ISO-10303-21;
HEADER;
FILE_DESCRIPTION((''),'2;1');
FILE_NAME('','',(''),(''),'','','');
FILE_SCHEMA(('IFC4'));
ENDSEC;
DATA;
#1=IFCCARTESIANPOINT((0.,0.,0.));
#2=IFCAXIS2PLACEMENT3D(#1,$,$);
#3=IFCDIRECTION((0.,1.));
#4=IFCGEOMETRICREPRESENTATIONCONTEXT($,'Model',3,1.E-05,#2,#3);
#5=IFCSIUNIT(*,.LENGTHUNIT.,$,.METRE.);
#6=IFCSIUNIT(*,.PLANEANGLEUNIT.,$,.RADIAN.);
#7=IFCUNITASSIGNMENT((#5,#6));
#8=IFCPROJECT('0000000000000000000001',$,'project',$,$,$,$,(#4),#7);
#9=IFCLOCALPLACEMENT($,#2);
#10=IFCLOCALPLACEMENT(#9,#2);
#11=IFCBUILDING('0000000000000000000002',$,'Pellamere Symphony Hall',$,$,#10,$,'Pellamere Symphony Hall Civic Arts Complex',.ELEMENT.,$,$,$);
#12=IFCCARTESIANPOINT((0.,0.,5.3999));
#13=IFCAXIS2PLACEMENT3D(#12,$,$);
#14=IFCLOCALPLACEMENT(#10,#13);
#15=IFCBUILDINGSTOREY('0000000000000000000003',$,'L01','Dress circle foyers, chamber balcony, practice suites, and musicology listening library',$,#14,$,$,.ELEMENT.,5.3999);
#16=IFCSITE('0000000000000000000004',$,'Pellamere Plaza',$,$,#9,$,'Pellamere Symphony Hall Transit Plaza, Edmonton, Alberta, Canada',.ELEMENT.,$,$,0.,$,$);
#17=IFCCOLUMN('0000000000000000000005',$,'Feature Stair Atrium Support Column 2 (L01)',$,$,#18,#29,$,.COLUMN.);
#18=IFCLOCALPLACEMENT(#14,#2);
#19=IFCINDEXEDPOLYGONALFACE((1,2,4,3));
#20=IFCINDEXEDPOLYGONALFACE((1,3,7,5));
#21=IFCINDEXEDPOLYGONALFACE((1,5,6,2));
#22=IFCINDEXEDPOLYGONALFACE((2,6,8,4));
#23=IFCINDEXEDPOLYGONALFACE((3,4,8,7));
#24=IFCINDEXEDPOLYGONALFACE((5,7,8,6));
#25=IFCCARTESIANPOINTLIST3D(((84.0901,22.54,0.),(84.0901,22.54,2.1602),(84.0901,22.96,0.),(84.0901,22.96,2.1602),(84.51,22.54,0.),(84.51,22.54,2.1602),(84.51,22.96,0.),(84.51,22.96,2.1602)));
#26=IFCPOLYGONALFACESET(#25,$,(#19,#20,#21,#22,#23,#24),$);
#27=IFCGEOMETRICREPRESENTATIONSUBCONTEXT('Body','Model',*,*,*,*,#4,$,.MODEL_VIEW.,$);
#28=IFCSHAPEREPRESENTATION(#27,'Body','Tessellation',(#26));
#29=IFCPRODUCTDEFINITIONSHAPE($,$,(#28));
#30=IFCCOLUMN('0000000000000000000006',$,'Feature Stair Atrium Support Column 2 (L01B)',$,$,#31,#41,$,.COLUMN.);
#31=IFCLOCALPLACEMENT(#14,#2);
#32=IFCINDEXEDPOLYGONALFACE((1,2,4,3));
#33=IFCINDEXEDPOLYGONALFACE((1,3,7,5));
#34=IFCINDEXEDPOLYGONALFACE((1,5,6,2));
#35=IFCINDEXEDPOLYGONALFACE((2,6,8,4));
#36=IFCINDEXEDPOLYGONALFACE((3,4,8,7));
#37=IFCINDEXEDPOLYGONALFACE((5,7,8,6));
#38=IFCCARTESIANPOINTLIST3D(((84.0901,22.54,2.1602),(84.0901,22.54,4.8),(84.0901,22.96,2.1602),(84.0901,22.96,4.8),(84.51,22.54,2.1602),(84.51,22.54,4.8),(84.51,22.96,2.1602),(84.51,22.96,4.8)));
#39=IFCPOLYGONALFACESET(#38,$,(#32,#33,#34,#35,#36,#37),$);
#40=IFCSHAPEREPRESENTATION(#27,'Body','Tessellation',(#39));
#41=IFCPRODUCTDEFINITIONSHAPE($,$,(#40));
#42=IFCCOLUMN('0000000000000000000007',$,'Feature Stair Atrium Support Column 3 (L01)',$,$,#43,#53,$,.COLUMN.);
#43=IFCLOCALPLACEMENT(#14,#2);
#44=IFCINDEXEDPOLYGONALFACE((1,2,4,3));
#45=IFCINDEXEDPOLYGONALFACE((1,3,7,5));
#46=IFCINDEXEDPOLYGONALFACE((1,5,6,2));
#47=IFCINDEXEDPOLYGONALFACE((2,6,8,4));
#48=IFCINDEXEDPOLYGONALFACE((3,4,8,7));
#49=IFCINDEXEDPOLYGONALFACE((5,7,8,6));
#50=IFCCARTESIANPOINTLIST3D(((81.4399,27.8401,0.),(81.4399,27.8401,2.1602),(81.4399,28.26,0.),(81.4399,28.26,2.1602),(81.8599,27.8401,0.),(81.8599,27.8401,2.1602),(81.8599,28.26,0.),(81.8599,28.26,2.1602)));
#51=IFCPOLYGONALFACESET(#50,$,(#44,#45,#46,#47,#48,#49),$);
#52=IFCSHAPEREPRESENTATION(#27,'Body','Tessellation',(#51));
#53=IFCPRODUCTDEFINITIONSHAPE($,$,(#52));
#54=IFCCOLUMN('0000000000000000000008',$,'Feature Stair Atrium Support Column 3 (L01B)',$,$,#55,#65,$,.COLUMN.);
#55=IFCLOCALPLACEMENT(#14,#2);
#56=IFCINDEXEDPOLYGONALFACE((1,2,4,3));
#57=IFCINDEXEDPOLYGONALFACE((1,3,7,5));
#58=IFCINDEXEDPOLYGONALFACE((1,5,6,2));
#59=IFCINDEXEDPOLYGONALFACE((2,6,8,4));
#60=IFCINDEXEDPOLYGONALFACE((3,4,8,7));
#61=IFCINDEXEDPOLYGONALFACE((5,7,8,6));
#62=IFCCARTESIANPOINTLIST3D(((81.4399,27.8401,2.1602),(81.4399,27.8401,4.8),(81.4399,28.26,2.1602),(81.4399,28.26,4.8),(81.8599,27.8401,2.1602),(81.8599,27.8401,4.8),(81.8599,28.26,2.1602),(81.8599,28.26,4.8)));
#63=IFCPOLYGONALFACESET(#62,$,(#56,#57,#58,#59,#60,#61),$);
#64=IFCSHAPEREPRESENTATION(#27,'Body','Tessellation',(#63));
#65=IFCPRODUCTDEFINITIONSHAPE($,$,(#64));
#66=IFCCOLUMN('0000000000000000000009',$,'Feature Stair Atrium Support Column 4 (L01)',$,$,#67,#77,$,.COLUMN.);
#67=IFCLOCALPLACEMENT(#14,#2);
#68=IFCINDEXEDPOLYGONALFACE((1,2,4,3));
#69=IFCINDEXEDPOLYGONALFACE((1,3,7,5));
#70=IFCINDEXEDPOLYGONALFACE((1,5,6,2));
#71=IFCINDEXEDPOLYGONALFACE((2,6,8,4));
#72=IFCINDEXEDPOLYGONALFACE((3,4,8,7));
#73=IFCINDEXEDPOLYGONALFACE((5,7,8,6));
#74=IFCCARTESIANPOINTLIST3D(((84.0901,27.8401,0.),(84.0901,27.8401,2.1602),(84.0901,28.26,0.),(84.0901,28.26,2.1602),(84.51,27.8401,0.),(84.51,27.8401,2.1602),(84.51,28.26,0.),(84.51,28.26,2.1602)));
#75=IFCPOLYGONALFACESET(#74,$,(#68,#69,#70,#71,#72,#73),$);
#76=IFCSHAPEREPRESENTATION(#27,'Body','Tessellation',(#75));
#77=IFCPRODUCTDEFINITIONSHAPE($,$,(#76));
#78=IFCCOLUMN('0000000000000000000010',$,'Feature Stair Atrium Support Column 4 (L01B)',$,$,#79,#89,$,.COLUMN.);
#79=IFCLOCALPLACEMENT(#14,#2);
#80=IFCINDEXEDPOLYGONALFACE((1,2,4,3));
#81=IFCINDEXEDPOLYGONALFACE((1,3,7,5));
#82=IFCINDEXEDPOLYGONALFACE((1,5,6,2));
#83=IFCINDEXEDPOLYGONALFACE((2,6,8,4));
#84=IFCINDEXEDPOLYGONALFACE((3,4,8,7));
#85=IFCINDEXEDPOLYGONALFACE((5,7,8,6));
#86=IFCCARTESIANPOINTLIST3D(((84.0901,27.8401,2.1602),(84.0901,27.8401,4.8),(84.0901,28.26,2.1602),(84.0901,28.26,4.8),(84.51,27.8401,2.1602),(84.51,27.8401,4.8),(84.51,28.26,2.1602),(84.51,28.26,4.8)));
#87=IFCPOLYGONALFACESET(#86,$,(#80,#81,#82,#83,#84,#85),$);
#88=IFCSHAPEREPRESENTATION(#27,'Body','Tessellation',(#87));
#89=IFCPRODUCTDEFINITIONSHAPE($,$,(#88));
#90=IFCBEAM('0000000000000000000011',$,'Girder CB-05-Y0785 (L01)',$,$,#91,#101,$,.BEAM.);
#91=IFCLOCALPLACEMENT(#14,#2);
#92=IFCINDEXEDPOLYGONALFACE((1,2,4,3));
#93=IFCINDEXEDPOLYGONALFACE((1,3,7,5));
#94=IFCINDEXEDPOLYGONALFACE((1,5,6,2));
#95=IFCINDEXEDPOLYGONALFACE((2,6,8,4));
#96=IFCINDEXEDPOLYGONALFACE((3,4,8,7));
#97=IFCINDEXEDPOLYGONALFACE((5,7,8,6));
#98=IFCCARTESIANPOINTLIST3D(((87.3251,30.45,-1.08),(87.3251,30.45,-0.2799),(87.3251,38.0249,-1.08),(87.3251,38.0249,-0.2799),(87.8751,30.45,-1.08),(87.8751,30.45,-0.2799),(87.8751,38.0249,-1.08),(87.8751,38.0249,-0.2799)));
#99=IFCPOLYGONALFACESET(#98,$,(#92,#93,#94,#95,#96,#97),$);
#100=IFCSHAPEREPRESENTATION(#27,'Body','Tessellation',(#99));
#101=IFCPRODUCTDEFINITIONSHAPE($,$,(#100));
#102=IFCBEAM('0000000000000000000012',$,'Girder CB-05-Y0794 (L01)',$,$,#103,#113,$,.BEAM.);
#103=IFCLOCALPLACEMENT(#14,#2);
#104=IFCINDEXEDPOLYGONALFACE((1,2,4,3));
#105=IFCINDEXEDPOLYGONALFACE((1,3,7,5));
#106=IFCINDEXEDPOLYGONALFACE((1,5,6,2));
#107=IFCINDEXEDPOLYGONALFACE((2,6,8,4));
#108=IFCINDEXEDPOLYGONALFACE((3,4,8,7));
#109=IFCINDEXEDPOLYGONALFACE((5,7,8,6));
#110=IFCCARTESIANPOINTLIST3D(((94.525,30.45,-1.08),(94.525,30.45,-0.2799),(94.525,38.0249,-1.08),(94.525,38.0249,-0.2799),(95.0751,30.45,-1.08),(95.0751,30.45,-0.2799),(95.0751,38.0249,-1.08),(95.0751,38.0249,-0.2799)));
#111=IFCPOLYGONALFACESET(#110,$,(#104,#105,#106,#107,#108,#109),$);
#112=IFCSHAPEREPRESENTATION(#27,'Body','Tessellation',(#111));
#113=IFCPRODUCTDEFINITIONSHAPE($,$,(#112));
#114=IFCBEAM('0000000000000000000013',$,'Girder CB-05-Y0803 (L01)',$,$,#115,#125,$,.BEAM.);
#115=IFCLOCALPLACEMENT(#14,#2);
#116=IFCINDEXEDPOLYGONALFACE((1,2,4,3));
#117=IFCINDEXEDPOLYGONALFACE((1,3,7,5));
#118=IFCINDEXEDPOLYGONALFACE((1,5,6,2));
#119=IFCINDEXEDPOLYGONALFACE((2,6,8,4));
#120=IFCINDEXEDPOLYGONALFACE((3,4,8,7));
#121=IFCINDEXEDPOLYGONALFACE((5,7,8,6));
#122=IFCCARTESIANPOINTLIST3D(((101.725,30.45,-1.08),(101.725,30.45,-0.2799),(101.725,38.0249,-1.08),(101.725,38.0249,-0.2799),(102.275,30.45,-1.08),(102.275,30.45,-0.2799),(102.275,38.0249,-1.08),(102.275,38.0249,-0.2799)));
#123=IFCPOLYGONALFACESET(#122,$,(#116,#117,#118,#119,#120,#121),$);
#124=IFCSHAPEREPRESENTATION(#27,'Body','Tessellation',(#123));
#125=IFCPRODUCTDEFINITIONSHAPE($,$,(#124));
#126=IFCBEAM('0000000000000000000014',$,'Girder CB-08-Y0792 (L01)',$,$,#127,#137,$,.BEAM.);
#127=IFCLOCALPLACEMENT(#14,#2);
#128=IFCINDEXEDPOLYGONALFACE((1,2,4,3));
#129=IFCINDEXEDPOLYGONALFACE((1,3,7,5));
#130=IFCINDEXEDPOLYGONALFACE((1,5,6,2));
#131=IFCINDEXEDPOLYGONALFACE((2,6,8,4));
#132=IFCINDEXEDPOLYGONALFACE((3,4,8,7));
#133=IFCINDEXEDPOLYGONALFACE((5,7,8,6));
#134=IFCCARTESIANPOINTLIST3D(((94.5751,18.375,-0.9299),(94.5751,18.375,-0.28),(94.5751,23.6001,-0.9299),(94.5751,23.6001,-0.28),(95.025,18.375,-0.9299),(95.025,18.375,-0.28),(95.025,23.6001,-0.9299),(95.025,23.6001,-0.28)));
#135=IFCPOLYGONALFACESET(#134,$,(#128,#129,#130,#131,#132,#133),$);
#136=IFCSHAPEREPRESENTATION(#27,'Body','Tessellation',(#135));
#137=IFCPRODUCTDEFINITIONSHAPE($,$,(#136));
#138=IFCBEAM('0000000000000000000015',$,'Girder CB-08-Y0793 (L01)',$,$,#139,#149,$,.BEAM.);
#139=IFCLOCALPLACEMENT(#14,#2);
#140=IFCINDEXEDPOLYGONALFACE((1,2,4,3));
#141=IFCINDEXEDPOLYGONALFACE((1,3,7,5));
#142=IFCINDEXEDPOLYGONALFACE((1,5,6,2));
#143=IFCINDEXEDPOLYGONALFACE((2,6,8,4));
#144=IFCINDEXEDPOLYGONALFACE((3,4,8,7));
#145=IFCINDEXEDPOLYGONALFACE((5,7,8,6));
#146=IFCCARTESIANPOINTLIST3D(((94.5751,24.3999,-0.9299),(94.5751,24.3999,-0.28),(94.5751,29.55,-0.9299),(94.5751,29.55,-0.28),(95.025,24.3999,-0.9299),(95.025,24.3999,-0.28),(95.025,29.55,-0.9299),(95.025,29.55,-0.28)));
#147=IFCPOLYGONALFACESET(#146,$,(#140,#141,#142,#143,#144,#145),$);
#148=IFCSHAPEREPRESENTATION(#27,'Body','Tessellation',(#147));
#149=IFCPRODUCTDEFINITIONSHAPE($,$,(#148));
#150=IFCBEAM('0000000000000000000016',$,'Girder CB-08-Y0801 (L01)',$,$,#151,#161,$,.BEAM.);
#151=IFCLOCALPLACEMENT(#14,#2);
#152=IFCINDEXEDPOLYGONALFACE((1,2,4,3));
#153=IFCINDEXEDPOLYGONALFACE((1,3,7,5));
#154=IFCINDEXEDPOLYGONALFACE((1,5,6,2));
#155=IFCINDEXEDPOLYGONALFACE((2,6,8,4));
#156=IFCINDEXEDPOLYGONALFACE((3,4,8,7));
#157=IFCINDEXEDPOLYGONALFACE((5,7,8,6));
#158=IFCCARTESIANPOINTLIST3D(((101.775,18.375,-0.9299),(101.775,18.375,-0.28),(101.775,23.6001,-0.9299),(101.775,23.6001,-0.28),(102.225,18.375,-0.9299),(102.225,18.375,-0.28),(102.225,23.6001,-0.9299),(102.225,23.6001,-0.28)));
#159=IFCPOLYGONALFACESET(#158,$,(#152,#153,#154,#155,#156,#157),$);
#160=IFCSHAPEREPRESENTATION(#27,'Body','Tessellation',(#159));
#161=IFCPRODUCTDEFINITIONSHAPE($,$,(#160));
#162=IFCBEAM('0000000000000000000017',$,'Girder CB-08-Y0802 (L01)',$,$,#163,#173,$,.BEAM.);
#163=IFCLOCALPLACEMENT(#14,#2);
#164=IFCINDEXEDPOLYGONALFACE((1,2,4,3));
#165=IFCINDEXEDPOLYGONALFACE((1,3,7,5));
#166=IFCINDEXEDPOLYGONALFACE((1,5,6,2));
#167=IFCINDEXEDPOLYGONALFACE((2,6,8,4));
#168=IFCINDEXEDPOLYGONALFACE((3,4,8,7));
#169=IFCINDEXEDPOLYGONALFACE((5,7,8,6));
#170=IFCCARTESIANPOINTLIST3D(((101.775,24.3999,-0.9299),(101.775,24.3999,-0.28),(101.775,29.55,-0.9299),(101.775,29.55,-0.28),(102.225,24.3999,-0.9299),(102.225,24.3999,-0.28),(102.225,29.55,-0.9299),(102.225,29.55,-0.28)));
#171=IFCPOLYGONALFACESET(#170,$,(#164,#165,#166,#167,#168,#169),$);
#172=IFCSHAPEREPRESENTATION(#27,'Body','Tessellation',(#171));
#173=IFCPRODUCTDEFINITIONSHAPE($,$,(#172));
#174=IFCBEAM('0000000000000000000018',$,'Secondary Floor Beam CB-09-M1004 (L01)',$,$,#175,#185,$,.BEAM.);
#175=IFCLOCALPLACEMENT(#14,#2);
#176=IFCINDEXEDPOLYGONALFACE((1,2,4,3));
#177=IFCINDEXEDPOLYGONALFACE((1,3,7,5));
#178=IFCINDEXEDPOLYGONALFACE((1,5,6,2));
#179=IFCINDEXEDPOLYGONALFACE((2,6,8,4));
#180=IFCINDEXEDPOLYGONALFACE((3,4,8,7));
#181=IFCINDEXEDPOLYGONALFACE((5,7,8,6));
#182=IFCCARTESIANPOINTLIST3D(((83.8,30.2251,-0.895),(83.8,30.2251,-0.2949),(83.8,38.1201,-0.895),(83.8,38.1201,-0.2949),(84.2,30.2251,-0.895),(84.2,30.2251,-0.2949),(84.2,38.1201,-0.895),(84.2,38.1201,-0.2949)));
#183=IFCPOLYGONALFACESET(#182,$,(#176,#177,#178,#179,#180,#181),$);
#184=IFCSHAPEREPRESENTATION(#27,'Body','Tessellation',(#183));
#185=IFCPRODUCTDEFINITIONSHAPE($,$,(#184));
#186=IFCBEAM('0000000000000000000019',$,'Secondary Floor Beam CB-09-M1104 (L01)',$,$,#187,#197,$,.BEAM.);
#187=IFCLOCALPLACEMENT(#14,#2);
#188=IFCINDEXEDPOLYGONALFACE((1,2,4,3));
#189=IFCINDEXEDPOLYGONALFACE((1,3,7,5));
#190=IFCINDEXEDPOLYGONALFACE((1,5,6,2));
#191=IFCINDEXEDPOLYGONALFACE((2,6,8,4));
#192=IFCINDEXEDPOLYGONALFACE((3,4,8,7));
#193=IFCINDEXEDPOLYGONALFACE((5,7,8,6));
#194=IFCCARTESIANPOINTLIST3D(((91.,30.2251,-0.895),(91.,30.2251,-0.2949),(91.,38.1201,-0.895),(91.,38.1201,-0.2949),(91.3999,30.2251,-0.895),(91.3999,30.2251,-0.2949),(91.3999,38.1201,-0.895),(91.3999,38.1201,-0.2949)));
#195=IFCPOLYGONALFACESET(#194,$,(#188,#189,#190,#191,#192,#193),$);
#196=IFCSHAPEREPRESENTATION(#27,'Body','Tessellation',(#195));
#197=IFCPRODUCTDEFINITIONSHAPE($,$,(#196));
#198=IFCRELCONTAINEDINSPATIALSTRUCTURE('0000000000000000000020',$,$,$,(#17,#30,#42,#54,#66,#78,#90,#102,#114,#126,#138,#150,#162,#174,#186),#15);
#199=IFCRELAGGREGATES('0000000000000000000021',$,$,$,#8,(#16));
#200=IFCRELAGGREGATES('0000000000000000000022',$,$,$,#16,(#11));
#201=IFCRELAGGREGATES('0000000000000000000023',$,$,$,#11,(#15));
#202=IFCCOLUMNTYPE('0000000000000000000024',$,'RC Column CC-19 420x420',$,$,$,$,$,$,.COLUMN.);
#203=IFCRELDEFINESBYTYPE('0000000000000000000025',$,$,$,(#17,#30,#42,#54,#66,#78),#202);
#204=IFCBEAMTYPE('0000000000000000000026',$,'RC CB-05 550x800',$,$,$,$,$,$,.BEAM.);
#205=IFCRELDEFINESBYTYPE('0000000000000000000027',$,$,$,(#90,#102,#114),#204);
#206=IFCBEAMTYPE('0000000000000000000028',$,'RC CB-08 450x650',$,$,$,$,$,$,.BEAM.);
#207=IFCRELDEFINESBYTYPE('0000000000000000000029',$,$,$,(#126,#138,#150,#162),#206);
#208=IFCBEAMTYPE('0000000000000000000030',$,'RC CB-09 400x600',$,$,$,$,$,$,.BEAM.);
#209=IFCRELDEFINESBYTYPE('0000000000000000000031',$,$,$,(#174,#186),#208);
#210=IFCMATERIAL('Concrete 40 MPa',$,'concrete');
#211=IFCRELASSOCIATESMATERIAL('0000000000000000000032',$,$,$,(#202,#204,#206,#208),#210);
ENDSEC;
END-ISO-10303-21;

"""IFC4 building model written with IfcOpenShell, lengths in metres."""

from ifc_helpers import new_model, si_unit, direction, frame, origin, origin_2d, place, context, subcontext, project, spatial, rectangle, extrude, material, material_profile, profile_set, type_object, element, save


model = new_model("IFC4")

# Units and contexts
model_context = context("Model", 3, precision=1e-05, world=origin(), true_north=direction((0.0, 1.0)))
body_context = subcontext(model_context, "Body", "Model", "MODEL_VIEW")
ifc_project = project(units=[si_unit("LENGTHUNIT", "METRE"), si_unit("PLANEANGLEUNIT", "RADIAN")], contexts=[model_context])

# Site, building, storey
site_placement = place(None, origin())
site = spatial("IfcSite", under=ifc_project, at=site_placement, Name="Pellamere Plaza", LongName="Pellamere Symphony Hall Transit Plaza, Edmonton, Alberta, Canada", CompositionType="ELEMENT", RefElevation=0.0)
building_placement = place(site_placement, origin())
building = spatial("IfcBuilding", under=site, at=building_placement, Name="Pellamere Symphony Hall", LongName="Pellamere Symphony Hall Civic Arts Complex", CompositionType="ELEMENT")
storey_placement = place(building_placement, frame((0.0, 0.0, 5.3999)))
storey = spatial("IfcBuildingStorey", under=building, at=storey_placement, Name="L01", Description="Dress circle foyers, chamber balcony, practice suites, and musicology listening library", CompositionType="ELEMENT", Elevation=5.3999)

# Columns
ifc_material_1 = material(Name="Concrete 40 MPa", Category="concrete")
ifc_material_profile_1 = material_profile(ifc_material_1, rectangle(XDim=0.4199, YDim=0.4199, at=origin_2d()), Name="RC 420x420")
ifc_profile_set_1 = profile_set([ifc_material_profile_1], Name="Concrete 40 MPa")
column_type_1 = type_object("IfcColumnType", Name="RC Column CC-19 420x420", PredefinedType="COLUMN", material=ifc_profile_set_1)
column_1_placement = place(storey_placement, frame((84.3, 22.75, 0.0), z_axis=(0.0, 0.0, 1.0), x_axis=(1.0, 0.0, 0.0)))
element("IfcColumn", 1, at=column_1_placement, inside=storey, type_object=column_type_1, Name="Feature Stair Atrium Support Column 2 (L01)", PredefinedType="COLUMN", context=body_context, shape_type="SweptSolid", body=[
    extrude(rectangle(XDim=0.4199, YDim=0.4199, at=origin_2d()), origin(), (0.0, 0.0, 1.0), 2.1602),
])
column_2_placement = place(storey_placement, frame((84.3, 22.75, 2.1602), z_axis=(0.0, 0.0, 1.0), x_axis=(1.0, 0.0, 0.0)))
element("IfcColumn", 2, at=column_2_placement, inside=storey, type_object=column_type_1, Name="Feature Stair Atrium Support Column 2 (L01B)", PredefinedType="COLUMN", context=body_context, shape_type="SweptSolid", body=[
    extrude(rectangle(XDim=0.4199, YDim=0.4199, at=origin_2d()), origin(), (0.0, 0.0, 1.0), 2.6399),
])
column_3_placement = place(storey_placement, frame((81.6499, 28.05, 0.0), z_axis=(0.0, 0.0, 1.0), x_axis=(1.0, 0.0, 0.0)))
element("IfcColumn", 3, at=column_3_placement, inside=storey, type_object=column_type_1, Name="Feature Stair Atrium Support Column 3 (L01)", PredefinedType="COLUMN", context=body_context, shape_type="SweptSolid", body=[
    extrude(rectangle(XDim=0.4199, YDim=0.4199, at=origin_2d()), origin(), (0.0, 0.0, 1.0), 2.1602),
])
column_4_placement = place(storey_placement, frame((81.6499, 28.05, 2.1602), z_axis=(0.0, 0.0, 1.0), x_axis=(1.0, 0.0, 0.0)))
element("IfcColumn", 4, at=column_4_placement, inside=storey, type_object=column_type_1, Name="Feature Stair Atrium Support Column 3 (L01B)", PredefinedType="COLUMN", context=body_context, shape_type="SweptSolid", body=[
    extrude(rectangle(XDim=0.4199, YDim=0.4199, at=origin_2d()), origin(), (0.0, 0.0, 1.0), 2.6399),
])
column_5_placement = place(storey_placement, frame((84.3, 28.05, 0.0), z_axis=(0.0, 0.0, 1.0), x_axis=(1.0, 0.0, 0.0)))
element("IfcColumn", 5, at=column_5_placement, inside=storey, type_object=column_type_1, Name="Feature Stair Atrium Support Column 4 (L01)", PredefinedType="COLUMN", context=body_context, shape_type="SweptSolid", body=[
    extrude(rectangle(XDim=0.4199, YDim=0.4199, at=origin_2d()), origin(), (0.0, 0.0, 1.0), 2.1602),
])
column_6_placement = place(storey_placement, frame((84.3, 28.05, 2.1602), z_axis=(0.0, 0.0, 1.0), x_axis=(1.0, 0.0, 0.0)))
element("IfcColumn", 6, at=column_6_placement, inside=storey, type_object=column_type_1, Name="Feature Stair Atrium Support Column 4 (L01B)", PredefinedType="COLUMN", context=body_context, shape_type="SweptSolid", body=[
    extrude(rectangle(XDim=0.4199, YDim=0.4199, at=origin_2d()), origin(), (0.0, 0.0, 1.0), 2.6399),
])

# Beams
ifc_material_profile_2 = material_profile(ifc_material_1, rectangle(XDim=0.55, YDim=0.8, at=origin_2d()), Name="RC 550x800")
ifc_profile_set_2 = profile_set([ifc_material_profile_2], Name="Concrete 40 MPa")
beam_type_1 = type_object("IfcBeamType", Name="RC CB-05 550x800", PredefinedType="BEAM", material=ifc_profile_set_2)
for number, where, z_axis, x_axis, name in (
    (7, (87.6001, 30.45, -0.6799), (0.0, 1.0, 0.0), (-1.0, 0.0, 0.0), "Girder CB-05-Y0785 (L01)"),
    (8, (94.8, 30.45, -0.6799), (0.0, 1.0, 0.0), (-1.0, 0.0, 0.0), "Girder CB-05-Y0794 (L01)"),
    (9, (102.0, 30.45, -0.6799), (0.0, 1.0, 0.0), (-1.0, 0.0, 0.0), "Girder CB-05-Y0803 (L01)"),
):
    element("IfcBeam", number, at=place(storey_placement, frame(where, z_axis=z_axis, x_axis=x_axis)), inside=storey, type_object=beam_type_1, Name=name, PredefinedType="BEAM", context=body_context, shape_type="SweptSolid", body=[
        extrude(rectangle(XDim=0.55, YDim=0.8, at=origin_2d()), origin(), (0.0, 0.0, 1.0), 7.575),
    ])
ifc_material_profile_3 = material_profile(ifc_material_1, rectangle(XDim=0.45, YDim=0.6499, at=origin_2d()), Name="RC 450x650")
ifc_profile_set_3 = profile_set([ifc_material_profile_3], Name="Concrete 40 MPa")
beam_type_2 = type_object("IfcBeamType", Name="RC CB-08 450x650", PredefinedType="BEAM", material=ifc_profile_set_3)
beam_1_placement = place(storey_placement, frame((94.8, 18.375, -0.605), z_axis=(0.0, 1.0, 0.0), x_axis=(-1.0, 0.0, 0.0)))
element("IfcBeam", 10, at=beam_1_placement, inside=storey, type_object=beam_type_2, Name="Girder CB-08-Y0792 (L01)", PredefinedType="BEAM", context=body_context, shape_type="SweptSolid", body=[
    extrude(rectangle(XDim=0.45, YDim=0.6499, at=origin_2d()), origin(), (0.0, 0.0, 1.0), 5.2251),
])
beam_2_placement = place(storey_placement, frame((94.8, 24.3999, -0.605), z_axis=(0.0, 1.0, 0.0), x_axis=(-1.0, 0.0, 0.0)))
element("IfcBeam", 11, at=beam_2_placement, inside=storey, type_object=beam_type_2, Name="Girder CB-08-Y0793 (L01)", PredefinedType="BEAM", context=body_context, shape_type="SweptSolid", body=[
    extrude(rectangle(XDim=0.45, YDim=0.6499, at=origin_2d()), origin(), (0.0, 0.0, 1.0), 5.1501),
])
beam_3_placement = place(storey_placement, frame((102.0, 18.375, -0.605), z_axis=(0.0, 1.0, 0.0), x_axis=(-1.0, 0.0, 0.0)))
element("IfcBeam", 12, at=beam_3_placement, inside=storey, type_object=beam_type_2, Name="Girder CB-08-Y0801 (L01)", PredefinedType="BEAM", context=body_context, shape_type="SweptSolid", body=[
    extrude(rectangle(XDim=0.45, YDim=0.6499, at=origin_2d()), origin(), (0.0, 0.0, 1.0), 5.2251),
])
beam_4_placement = place(storey_placement, frame((102.0, 24.3999, -0.605), z_axis=(0.0, 1.0, 0.0), x_axis=(-1.0, 0.0, 0.0)))
element("IfcBeam", 13, at=beam_4_placement, inside=storey, type_object=beam_type_2, Name="Girder CB-08-Y0802 (L01)", PredefinedType="BEAM", context=body_context, shape_type="SweptSolid", body=[
    extrude(rectangle(XDim=0.45, YDim=0.6499, at=origin_2d()), origin(), (0.0, 0.0, 1.0), 5.1501),
])
ifc_material_profile_4 = material_profile(ifc_material_1, rectangle(XDim=0.3999, YDim=0.6001, at=origin_2d()), Name="RC 400x600")
ifc_profile_set_4 = profile_set([ifc_material_profile_4], Name="Concrete 40 MPa")
beam_type_3 = type_object("IfcBeamType", Name="RC CB-09 400x600", PredefinedType="BEAM", material=ifc_profile_set_4)
for number, where, z_axis, x_axis, name in (
    (14, (84.0, 30.2251, -0.595), (0.0, 1.0, 0.0), (-1.0, 0.0, 0.0), "Secondary Floor Beam CB-09-M1004 (L01)"),
    (15, (91.2, 30.2251, -0.595), (0.0, 1.0, 0.0), (-1.0, 0.0, 0.0), "Secondary Floor Beam CB-09-M1104 (L01)"),
):
    element("IfcBeam", number, at=place(storey_placement, frame(where, z_axis=z_axis, x_axis=x_axis)), inside=storey, type_object=beam_type_3, Name=name, PredefinedType="BEAM", context=body_context, shape_type="SweptSolid", body=[
        extrude(rectangle(XDim=0.3999, YDim=0.6001, at=origin_2d()), origin(), (0.0, 0.0, 1.0), 7.895),
    ])

save(model, "model.ifc")
